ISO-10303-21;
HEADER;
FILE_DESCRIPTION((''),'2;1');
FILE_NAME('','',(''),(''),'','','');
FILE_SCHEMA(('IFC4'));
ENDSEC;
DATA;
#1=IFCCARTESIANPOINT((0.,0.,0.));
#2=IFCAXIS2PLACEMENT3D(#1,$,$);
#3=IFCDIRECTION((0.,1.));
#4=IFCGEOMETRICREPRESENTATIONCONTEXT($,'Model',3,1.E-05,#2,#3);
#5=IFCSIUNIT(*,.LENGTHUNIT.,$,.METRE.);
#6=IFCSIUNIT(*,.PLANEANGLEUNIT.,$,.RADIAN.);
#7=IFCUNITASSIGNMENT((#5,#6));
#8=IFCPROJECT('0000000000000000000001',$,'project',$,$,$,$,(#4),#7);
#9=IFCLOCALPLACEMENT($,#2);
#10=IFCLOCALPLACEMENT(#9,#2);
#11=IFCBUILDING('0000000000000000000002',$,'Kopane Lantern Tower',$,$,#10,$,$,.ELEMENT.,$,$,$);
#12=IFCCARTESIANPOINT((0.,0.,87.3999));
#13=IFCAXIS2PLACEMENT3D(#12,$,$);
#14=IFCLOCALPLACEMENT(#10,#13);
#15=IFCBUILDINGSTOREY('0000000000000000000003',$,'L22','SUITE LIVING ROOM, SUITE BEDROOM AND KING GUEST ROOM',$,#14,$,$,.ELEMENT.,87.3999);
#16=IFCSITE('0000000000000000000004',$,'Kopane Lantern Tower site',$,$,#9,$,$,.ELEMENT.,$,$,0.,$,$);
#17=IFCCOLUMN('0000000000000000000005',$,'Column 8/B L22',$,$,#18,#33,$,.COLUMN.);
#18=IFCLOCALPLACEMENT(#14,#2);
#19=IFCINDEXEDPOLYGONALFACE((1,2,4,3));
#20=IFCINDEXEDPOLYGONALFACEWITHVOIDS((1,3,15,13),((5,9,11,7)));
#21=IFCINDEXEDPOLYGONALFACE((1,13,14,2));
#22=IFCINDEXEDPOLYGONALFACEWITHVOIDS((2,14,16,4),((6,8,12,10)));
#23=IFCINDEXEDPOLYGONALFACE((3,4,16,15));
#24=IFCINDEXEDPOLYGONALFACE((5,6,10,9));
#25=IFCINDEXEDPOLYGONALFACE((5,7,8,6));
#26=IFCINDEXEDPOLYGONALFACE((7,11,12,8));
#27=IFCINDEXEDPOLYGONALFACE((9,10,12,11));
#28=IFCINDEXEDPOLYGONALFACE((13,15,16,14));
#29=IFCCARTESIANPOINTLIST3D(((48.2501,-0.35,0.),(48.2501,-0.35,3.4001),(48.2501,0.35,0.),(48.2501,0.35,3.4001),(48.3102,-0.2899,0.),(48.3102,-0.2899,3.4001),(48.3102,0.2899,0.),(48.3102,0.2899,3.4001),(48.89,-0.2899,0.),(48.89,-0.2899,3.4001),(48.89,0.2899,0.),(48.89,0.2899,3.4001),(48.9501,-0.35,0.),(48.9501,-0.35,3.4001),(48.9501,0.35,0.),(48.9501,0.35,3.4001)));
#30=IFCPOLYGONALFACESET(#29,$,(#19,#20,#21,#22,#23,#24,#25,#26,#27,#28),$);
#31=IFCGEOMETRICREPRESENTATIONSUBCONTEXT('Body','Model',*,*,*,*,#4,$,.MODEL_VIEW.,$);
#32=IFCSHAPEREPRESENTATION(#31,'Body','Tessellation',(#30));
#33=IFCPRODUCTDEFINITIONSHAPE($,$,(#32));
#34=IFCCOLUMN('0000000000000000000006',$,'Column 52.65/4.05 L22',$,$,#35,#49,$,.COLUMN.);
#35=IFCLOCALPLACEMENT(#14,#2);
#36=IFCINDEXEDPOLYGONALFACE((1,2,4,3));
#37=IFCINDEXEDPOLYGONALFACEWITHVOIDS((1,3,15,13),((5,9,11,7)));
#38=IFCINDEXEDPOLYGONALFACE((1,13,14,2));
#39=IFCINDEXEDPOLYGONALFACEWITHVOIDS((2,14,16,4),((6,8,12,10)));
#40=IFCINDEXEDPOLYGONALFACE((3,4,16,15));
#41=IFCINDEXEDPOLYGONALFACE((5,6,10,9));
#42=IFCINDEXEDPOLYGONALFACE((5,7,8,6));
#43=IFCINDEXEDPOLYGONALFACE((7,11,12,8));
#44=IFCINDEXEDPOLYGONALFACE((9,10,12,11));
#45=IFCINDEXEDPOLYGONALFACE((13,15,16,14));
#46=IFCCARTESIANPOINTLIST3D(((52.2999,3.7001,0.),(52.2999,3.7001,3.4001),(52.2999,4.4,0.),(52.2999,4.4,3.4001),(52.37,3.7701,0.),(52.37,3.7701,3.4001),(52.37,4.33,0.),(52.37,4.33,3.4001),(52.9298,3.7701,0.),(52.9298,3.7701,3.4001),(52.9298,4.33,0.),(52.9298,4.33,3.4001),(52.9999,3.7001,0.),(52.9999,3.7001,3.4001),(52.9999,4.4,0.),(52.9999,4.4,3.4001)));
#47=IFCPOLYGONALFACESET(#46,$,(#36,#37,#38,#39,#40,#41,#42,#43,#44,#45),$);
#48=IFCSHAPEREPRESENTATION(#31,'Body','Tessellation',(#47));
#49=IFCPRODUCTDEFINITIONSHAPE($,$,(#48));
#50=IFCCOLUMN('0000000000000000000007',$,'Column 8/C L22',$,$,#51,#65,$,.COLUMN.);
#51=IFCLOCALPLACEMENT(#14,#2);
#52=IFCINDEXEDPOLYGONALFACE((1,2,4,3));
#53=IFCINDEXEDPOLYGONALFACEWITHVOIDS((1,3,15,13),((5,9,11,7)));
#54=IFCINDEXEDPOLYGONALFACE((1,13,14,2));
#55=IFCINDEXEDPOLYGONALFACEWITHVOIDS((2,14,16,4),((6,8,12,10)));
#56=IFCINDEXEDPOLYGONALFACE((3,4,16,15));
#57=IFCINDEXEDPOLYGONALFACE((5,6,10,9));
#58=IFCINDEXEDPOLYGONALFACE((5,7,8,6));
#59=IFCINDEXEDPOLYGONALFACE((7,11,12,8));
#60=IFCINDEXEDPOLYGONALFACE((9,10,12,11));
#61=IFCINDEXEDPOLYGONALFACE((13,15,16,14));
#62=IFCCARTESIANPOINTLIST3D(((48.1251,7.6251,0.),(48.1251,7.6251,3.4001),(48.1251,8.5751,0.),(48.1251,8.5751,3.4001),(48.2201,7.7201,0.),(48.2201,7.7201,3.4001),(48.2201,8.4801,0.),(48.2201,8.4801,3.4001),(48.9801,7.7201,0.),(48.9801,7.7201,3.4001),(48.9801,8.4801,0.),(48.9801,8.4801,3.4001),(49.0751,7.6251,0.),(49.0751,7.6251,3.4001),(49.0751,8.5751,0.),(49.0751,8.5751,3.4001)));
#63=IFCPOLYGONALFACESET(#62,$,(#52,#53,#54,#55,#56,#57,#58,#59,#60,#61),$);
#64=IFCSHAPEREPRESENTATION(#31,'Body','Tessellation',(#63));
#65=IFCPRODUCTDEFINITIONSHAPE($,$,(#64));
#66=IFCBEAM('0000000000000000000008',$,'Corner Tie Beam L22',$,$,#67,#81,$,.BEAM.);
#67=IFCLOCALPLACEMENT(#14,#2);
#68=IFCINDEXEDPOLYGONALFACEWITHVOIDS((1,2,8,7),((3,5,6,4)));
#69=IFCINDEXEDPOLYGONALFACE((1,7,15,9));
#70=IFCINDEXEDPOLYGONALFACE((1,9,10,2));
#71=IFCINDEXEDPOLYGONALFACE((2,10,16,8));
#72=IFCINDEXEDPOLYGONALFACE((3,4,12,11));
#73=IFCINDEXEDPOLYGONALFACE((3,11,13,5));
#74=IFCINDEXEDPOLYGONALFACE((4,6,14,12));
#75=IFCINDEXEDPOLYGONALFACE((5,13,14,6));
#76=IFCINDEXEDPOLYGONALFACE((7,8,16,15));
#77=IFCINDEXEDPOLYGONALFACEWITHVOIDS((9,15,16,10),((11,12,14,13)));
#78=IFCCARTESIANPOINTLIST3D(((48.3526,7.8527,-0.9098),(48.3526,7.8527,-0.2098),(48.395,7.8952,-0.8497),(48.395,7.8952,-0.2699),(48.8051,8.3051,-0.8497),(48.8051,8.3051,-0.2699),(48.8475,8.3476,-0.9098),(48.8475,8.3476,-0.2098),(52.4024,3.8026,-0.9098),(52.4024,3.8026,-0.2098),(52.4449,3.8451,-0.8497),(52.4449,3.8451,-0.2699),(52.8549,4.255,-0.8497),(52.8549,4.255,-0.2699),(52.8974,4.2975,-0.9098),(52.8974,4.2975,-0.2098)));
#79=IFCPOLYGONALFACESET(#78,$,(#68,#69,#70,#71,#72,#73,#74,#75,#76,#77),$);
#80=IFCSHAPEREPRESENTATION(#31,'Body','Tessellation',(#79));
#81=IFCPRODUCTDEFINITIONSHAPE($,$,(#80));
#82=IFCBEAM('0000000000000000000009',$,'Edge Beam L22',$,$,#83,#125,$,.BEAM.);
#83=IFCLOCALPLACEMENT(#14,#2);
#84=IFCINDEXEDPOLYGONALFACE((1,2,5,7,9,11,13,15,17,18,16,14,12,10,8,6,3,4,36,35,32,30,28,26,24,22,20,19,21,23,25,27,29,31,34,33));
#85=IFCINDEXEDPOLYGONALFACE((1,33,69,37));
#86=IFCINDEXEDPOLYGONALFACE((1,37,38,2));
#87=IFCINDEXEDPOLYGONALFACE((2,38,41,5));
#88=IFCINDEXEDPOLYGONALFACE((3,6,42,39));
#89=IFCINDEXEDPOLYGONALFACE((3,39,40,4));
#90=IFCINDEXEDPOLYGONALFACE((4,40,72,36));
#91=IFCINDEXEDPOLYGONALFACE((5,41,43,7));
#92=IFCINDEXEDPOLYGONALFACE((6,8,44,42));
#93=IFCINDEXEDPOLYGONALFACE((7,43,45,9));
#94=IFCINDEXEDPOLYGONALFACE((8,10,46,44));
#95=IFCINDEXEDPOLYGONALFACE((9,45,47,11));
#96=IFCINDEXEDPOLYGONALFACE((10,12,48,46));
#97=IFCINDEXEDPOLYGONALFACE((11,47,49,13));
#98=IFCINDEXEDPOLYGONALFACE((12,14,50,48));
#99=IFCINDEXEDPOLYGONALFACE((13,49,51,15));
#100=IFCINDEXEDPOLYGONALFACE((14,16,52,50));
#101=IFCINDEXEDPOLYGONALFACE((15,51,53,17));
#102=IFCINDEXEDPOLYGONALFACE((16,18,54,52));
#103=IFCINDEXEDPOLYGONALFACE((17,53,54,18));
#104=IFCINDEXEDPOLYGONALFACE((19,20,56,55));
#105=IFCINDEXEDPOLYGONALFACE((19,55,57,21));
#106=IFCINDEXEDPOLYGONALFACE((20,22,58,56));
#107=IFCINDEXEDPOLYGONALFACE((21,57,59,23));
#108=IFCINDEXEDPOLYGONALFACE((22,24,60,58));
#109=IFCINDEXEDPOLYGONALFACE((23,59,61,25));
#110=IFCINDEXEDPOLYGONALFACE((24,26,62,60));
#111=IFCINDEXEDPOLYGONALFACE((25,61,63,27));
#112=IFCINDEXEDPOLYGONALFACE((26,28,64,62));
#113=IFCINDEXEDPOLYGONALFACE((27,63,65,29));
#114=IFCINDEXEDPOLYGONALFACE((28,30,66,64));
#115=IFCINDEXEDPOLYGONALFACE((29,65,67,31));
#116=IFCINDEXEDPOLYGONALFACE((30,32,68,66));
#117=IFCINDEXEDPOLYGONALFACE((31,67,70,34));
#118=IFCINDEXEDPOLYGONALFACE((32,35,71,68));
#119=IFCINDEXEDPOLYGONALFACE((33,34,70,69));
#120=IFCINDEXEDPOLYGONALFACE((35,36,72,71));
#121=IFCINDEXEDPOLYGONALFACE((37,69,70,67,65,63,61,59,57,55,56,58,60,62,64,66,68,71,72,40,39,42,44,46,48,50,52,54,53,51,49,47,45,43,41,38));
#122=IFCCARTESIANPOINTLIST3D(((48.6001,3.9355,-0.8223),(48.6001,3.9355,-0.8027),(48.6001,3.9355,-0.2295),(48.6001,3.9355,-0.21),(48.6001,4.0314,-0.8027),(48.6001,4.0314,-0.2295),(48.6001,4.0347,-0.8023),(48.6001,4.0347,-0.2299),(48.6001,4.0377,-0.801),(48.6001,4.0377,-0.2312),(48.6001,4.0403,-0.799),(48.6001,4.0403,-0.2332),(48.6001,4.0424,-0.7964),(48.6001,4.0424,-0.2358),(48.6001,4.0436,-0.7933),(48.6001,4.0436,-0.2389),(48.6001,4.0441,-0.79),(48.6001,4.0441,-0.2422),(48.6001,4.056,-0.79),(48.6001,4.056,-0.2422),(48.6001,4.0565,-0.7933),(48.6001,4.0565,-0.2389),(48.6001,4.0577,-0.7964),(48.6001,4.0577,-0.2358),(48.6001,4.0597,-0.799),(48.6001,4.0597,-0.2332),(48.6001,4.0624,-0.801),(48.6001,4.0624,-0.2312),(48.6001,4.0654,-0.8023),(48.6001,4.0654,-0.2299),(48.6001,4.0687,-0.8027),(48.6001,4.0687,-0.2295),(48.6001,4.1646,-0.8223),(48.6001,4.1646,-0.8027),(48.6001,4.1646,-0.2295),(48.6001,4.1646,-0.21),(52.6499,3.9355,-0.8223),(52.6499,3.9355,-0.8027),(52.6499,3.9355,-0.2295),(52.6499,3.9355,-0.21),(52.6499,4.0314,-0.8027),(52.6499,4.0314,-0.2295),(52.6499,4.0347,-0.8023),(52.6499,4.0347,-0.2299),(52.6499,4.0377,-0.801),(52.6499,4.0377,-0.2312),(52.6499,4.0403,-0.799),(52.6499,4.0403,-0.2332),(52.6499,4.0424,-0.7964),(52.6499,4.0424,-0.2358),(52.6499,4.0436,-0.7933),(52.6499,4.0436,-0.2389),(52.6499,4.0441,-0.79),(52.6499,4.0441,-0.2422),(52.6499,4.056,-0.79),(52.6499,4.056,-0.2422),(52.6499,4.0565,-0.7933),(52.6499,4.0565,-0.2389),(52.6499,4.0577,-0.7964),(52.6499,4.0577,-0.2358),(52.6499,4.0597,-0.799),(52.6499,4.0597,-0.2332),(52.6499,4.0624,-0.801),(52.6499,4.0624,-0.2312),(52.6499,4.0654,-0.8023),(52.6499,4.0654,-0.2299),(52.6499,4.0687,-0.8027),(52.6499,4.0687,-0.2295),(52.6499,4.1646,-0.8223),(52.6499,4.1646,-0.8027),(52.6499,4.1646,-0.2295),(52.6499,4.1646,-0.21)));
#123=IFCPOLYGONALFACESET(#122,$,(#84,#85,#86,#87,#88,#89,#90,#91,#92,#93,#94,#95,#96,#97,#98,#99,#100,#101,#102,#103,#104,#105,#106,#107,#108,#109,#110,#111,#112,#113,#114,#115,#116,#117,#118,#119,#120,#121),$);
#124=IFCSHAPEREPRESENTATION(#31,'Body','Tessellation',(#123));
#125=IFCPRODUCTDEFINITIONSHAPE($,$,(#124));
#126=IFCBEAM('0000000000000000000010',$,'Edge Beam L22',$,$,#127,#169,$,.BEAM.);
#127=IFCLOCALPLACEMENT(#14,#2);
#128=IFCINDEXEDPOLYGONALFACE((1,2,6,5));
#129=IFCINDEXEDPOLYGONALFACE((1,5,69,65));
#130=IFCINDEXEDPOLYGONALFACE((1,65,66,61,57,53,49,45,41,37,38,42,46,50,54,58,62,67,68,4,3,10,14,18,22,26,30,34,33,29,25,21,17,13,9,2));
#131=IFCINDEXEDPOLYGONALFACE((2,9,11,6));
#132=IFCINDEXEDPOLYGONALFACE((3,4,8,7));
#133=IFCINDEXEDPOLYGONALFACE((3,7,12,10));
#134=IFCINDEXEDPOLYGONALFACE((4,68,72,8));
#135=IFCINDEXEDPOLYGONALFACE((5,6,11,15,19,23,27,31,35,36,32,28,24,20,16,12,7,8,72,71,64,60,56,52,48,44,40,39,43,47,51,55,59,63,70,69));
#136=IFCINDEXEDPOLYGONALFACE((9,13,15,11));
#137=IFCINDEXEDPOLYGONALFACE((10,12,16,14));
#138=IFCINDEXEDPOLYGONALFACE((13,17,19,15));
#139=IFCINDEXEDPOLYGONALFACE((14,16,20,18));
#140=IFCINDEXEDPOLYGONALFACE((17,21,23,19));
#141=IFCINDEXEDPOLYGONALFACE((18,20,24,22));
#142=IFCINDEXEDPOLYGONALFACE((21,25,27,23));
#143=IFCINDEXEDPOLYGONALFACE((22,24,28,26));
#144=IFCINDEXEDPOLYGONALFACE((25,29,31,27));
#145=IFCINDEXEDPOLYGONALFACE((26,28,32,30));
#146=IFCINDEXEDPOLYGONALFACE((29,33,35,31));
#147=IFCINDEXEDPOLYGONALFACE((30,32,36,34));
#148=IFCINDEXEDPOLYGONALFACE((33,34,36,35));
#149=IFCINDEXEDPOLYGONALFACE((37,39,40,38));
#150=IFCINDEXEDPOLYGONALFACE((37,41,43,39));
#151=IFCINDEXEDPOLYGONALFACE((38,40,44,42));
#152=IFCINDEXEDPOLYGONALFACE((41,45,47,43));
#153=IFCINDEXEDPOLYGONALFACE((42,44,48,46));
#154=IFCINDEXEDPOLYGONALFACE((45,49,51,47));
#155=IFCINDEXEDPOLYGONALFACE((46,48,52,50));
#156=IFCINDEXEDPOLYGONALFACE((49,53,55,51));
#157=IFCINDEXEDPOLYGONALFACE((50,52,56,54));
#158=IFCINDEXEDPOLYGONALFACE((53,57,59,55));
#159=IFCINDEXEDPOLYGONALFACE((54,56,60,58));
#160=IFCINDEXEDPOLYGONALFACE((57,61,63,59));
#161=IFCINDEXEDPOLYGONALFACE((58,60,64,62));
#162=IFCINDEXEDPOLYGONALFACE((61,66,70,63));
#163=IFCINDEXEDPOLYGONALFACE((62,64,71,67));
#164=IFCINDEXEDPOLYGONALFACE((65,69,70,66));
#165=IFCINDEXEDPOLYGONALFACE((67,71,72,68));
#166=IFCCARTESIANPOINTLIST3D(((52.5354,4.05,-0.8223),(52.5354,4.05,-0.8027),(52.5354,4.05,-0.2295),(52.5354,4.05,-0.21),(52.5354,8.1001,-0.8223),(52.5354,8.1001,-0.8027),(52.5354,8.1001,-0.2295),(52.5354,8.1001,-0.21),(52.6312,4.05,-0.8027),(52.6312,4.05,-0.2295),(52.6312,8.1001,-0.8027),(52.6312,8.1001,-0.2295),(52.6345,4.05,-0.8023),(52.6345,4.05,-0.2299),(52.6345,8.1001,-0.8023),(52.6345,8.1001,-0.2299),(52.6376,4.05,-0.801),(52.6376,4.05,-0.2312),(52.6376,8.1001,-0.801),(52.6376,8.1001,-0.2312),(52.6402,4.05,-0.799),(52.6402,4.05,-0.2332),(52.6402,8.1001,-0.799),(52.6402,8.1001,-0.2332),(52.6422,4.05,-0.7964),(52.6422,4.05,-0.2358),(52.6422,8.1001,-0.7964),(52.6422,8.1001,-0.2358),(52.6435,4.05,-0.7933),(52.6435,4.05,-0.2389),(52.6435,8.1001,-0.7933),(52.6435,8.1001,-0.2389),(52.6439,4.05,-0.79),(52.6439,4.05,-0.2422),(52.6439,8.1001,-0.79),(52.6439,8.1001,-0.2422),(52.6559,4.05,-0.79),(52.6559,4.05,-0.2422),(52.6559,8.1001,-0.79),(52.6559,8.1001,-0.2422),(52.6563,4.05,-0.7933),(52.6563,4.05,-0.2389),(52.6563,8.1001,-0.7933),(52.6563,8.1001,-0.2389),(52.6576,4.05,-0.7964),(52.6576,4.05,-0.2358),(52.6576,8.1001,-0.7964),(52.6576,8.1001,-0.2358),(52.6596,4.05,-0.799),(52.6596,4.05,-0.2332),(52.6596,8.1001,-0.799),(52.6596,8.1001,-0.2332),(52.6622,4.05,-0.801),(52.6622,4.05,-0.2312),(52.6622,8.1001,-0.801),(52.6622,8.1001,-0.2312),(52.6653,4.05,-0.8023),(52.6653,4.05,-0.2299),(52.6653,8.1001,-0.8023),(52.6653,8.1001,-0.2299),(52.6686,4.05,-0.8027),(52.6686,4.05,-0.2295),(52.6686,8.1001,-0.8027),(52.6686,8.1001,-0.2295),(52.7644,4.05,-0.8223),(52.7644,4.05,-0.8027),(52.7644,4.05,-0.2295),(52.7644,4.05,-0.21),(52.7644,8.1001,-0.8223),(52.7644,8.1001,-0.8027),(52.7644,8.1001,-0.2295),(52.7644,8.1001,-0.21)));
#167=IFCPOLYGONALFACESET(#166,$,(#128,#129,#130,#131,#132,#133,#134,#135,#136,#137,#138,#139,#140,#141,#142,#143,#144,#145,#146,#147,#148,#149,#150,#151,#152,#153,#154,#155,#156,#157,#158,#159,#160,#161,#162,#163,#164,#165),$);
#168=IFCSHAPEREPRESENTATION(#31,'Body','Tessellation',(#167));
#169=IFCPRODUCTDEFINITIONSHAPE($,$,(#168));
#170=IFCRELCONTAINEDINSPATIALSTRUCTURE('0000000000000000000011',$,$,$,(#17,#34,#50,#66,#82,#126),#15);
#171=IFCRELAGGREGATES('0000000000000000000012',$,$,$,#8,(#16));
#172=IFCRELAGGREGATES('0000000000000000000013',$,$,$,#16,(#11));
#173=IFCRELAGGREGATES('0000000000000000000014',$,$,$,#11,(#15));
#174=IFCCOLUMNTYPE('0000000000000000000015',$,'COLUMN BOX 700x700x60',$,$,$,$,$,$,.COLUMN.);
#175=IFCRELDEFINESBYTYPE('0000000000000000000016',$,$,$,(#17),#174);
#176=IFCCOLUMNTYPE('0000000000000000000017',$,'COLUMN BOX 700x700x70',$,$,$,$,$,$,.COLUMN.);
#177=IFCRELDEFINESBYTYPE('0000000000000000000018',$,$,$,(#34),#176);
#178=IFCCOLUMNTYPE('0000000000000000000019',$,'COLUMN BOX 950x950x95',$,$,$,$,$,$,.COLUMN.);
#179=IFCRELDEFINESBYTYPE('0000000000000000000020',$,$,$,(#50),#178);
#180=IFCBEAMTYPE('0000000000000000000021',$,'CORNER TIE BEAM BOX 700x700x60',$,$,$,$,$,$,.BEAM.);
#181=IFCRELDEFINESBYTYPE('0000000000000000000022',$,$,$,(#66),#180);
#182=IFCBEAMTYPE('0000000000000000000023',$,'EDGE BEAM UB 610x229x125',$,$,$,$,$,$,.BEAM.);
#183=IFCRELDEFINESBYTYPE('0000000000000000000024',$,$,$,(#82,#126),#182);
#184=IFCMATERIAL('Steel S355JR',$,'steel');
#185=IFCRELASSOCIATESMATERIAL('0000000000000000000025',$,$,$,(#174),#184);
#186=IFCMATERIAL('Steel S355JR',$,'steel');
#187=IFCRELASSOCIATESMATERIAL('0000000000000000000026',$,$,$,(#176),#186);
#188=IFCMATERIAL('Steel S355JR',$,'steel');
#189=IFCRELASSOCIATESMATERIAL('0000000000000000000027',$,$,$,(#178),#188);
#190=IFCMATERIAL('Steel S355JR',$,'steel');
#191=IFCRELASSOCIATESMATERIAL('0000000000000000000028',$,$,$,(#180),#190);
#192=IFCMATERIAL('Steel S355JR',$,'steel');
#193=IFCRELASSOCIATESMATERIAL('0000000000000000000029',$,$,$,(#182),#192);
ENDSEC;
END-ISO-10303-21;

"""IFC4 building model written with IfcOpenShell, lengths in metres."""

from ifc_helpers import new_model, si_unit, direction, frame, origin, origin_2d, place, context, subcontext, project, spatial, hollow_rectangle, i_section, extrude, material, material_profile, profile_set, type_object, element, save


model = new_model("IFC4")

# Units and contexts
model_context = context("Model", 3, precision=1e-05, world=origin(), true_north=direction((0.0, 1.0)))
body_context = subcontext(model_context, "Body", "Model", "MODEL_VIEW")
ifc_project = project(units=[si_unit("LENGTHUNIT", "METRE"), si_unit("PLANEANGLEUNIT", "RADIAN")], contexts=[model_context])

# Site, building, storey
site_placement = place(None, origin())
site = spatial("IfcSite", under=ifc_project, at=site_placement, Name="Kopane Lantern Tower site", CompositionType="ELEMENT", RefElevation=0.0)
building_placement = place(site_placement, origin())
building = spatial("IfcBuilding", under=site, at=building_placement, Name="Kopane Lantern Tower", CompositionType="ELEMENT")
storey_placement = place(building_placement, frame((0.0, 0.0, 87.3999)))
storey = spatial("IfcBuildingStorey", under=building, at=storey_placement, Name="L22", Description="SUITE LIVING ROOM, SUITE BEDROOM AND KING GUEST ROOM", CompositionType="ELEMENT", Elevation=87.3999)

# Columns
ifc_material_1 = material(Name="Steel S355JR", Category="steel")
ifc_material_profile_1 = material_profile(ifc_material_1, hollow_rectangle(XDim=0.7, YDim=0.7, WallThickness=0.0601, at=origin_2d()), Name="BOX 700x700x60")
ifc_profile_set_1 = profile_set([ifc_material_profile_1], Name="Steel S355JR")
column_type_1 = type_object("IfcColumnType", Name="COLUMN BOX 700x700x60", PredefinedType="COLUMN", material=ifc_profile_set_1)
column_1_placement = place(storey_placement, frame((48.6001, 0.0, 0.0), z_axis=(0.0, 0.0, 1.0), x_axis=(1.0, 0.0, 0.0)))
element("IfcColumn", 1, at=column_1_placement, inside=storey, type_object=column_type_1, Name="Column 8/B L22", PredefinedType="COLUMN", context=body_context, shape_type="SweptSolid", body=[
    extrude(hollow_rectangle(XDim=0.7, YDim=0.7, WallThickness=0.0601, at=origin_2d()), origin(), (0.0, 0.0, 1.0), 3.4001),
])
ifc_material_2 = material(Name="Steel S355JR", Category="steel")
ifc_material_profile_2 = material_profile(ifc_material_2, hollow_rectangle(XDim=0.7, YDim=0.7, WallThickness=0.0701, at=origin_2d()), Name="BOX 700x700x70")
ifc_profile_set_2 = profile_set([ifc_material_profile_2], Name="Steel S355JR")
column_type_2 = type_object("IfcColumnType", Name="COLUMN BOX 700x700x70", PredefinedType="COLUMN", material=ifc_profile_set_2)
column_2_placement = place(storey_placement, frame((52.6499, 4.05, 0.0), z_axis=(0.0, 0.0, 1.0), x_axis=(1.0, 0.0, 0.0)))
element("IfcColumn", 2, at=column_2_placement, inside=storey, type_object=column_type_2, Name="Column 52.65/4.05 L22", PredefinedType="COLUMN", context=body_context, shape_type="SweptSolid", body=[
    extrude(hollow_rectangle(XDim=0.7, YDim=0.7, WallThickness=0.0701, at=origin_2d()), origin(), (0.0, 0.0, 1.0), 3.4001),
])
ifc_material_3 = material(Name="Steel S355JR", Category="steel")
ifc_material_profile_3 = material_profile(ifc_material_3, hollow_rectangle(XDim=0.95, YDim=0.95, WallThickness=0.095, at=origin_2d()), Name="BOX 950x950x95")
ifc_profile_set_3 = profile_set([ifc_material_profile_3], Name="Steel S355JR")
column_type_3 = type_object("IfcColumnType", Name="COLUMN BOX 950x950x95", PredefinedType="COLUMN", material=ifc_profile_set_3)
column_3_placement = place(storey_placement, frame((48.6001, 8.1001, 0.0), z_axis=(0.0, 0.0, 1.0), x_axis=(1.0, 0.0, 0.0)))
element("IfcColumn", 3, at=column_3_placement, inside=storey, type_object=column_type_3, Name="Column 8/C L22", PredefinedType="COLUMN", context=body_context, shape_type="SweptSolid", body=[
    extrude(hollow_rectangle(XDim=0.95, YDim=0.95, WallThickness=0.095, at=origin_2d()), origin(), (0.0, 0.0, 1.0), 3.4001),
])

# Beams
ifc_material_4 = material(Name="Steel S355JR", Category="steel")
ifc_material_profile_4 = material_profile(ifc_material_4, hollow_rectangle(XDim=0.7, YDim=0.7, WallThickness=0.0601, at=origin_2d()), Name="BOX 700x700x60")
ifc_profile_set_4 = profile_set([ifc_material_profile_4], Name="Steel S355JR")
beam_type_1 = type_object("IfcBeamType", Name="CORNER TIE BEAM BOX 700x700x60", PredefinedType="BEAM", material=ifc_profile_set_4)
beam_1_placement = place(storey_placement, frame((52.6499, 4.05, -0.5598), z_axis=(-0.707085, 0.707128, 0.0), x_axis=(-0.707128, -0.707085, 0.0)))
element("IfcBeam", 4, at=beam_1_placement, inside=storey, type_object=beam_type_1, Name="Corner Tie Beam L22", PredefinedType="BEAM", context=body_context, shape_type="SweptSolid", body=[
    extrude(hollow_rectangle(XDim=0.7, YDim=0.7, WallThickness=0.0601, at=origin_2d()), origin(), (0.0, 0.0, 1.0), 5.7275),
])
ifc_material_5 = material(Name="Steel S355JR", Category="steel")
ifc_material_profile_5 = material_profile(ifc_material_5, i_section(OverallWidth=0.229, OverallDepth=0.6123, WebThickness=0.012, FlangeThickness=0.0195, FilletRadius=0.0127, at=origin_2d()), Name="UB 610x229x125")
ifc_profile_set_5 = profile_set([ifc_material_profile_5], Name="Steel S355JR")
beam_type_2 = type_object("IfcBeamType", Name="EDGE BEAM UB 610x229x125", PredefinedType="BEAM", material=ifc_profile_set_5)
beam_2_placement = place(storey_placement, frame((52.6499, 4.05, -0.5161), z_axis=(-1.0, 0.0, 0.0), x_axis=(0.0, -1.0, 0.0)))
element("IfcBeam", 5, at=beam_2_placement, inside=storey, type_object=beam_type_2, Name="Edge Beam L22", PredefinedType="BEAM", context=body_context, shape_type="SweptSolid", body=[
    extrude(i_section(OverallWidth=0.229, OverallDepth=0.6123, WebThickness=0.012, FlangeThickness=0.0195, FilletRadius=0.0127, at=origin_2d()), origin(), (0.0, 0.0, 1.0), 4.0498),
])
beam_3_placement = place(storey_placement, frame((52.6499, 4.05, -0.5161), z_axis=(0.0, 1.0, 0.0), x_axis=(-1.0, 0.0, 0.0)))
element("IfcBeam", 6, at=beam_3_placement, inside=storey, type_object=beam_type_2, Name="Edge Beam L22", PredefinedType="BEAM", context=body_context, shape_type="SweptSolid", body=[
    extrude(i_section(OverallWidth=0.229, OverallDepth=0.6123, WebThickness=0.012, FlangeThickness=0.0195, FilletRadius=0.0127, at=origin_2d()), origin(), (0.0, 0.0, 1.0), 4.05),
])

save(model, "model.ifc")
